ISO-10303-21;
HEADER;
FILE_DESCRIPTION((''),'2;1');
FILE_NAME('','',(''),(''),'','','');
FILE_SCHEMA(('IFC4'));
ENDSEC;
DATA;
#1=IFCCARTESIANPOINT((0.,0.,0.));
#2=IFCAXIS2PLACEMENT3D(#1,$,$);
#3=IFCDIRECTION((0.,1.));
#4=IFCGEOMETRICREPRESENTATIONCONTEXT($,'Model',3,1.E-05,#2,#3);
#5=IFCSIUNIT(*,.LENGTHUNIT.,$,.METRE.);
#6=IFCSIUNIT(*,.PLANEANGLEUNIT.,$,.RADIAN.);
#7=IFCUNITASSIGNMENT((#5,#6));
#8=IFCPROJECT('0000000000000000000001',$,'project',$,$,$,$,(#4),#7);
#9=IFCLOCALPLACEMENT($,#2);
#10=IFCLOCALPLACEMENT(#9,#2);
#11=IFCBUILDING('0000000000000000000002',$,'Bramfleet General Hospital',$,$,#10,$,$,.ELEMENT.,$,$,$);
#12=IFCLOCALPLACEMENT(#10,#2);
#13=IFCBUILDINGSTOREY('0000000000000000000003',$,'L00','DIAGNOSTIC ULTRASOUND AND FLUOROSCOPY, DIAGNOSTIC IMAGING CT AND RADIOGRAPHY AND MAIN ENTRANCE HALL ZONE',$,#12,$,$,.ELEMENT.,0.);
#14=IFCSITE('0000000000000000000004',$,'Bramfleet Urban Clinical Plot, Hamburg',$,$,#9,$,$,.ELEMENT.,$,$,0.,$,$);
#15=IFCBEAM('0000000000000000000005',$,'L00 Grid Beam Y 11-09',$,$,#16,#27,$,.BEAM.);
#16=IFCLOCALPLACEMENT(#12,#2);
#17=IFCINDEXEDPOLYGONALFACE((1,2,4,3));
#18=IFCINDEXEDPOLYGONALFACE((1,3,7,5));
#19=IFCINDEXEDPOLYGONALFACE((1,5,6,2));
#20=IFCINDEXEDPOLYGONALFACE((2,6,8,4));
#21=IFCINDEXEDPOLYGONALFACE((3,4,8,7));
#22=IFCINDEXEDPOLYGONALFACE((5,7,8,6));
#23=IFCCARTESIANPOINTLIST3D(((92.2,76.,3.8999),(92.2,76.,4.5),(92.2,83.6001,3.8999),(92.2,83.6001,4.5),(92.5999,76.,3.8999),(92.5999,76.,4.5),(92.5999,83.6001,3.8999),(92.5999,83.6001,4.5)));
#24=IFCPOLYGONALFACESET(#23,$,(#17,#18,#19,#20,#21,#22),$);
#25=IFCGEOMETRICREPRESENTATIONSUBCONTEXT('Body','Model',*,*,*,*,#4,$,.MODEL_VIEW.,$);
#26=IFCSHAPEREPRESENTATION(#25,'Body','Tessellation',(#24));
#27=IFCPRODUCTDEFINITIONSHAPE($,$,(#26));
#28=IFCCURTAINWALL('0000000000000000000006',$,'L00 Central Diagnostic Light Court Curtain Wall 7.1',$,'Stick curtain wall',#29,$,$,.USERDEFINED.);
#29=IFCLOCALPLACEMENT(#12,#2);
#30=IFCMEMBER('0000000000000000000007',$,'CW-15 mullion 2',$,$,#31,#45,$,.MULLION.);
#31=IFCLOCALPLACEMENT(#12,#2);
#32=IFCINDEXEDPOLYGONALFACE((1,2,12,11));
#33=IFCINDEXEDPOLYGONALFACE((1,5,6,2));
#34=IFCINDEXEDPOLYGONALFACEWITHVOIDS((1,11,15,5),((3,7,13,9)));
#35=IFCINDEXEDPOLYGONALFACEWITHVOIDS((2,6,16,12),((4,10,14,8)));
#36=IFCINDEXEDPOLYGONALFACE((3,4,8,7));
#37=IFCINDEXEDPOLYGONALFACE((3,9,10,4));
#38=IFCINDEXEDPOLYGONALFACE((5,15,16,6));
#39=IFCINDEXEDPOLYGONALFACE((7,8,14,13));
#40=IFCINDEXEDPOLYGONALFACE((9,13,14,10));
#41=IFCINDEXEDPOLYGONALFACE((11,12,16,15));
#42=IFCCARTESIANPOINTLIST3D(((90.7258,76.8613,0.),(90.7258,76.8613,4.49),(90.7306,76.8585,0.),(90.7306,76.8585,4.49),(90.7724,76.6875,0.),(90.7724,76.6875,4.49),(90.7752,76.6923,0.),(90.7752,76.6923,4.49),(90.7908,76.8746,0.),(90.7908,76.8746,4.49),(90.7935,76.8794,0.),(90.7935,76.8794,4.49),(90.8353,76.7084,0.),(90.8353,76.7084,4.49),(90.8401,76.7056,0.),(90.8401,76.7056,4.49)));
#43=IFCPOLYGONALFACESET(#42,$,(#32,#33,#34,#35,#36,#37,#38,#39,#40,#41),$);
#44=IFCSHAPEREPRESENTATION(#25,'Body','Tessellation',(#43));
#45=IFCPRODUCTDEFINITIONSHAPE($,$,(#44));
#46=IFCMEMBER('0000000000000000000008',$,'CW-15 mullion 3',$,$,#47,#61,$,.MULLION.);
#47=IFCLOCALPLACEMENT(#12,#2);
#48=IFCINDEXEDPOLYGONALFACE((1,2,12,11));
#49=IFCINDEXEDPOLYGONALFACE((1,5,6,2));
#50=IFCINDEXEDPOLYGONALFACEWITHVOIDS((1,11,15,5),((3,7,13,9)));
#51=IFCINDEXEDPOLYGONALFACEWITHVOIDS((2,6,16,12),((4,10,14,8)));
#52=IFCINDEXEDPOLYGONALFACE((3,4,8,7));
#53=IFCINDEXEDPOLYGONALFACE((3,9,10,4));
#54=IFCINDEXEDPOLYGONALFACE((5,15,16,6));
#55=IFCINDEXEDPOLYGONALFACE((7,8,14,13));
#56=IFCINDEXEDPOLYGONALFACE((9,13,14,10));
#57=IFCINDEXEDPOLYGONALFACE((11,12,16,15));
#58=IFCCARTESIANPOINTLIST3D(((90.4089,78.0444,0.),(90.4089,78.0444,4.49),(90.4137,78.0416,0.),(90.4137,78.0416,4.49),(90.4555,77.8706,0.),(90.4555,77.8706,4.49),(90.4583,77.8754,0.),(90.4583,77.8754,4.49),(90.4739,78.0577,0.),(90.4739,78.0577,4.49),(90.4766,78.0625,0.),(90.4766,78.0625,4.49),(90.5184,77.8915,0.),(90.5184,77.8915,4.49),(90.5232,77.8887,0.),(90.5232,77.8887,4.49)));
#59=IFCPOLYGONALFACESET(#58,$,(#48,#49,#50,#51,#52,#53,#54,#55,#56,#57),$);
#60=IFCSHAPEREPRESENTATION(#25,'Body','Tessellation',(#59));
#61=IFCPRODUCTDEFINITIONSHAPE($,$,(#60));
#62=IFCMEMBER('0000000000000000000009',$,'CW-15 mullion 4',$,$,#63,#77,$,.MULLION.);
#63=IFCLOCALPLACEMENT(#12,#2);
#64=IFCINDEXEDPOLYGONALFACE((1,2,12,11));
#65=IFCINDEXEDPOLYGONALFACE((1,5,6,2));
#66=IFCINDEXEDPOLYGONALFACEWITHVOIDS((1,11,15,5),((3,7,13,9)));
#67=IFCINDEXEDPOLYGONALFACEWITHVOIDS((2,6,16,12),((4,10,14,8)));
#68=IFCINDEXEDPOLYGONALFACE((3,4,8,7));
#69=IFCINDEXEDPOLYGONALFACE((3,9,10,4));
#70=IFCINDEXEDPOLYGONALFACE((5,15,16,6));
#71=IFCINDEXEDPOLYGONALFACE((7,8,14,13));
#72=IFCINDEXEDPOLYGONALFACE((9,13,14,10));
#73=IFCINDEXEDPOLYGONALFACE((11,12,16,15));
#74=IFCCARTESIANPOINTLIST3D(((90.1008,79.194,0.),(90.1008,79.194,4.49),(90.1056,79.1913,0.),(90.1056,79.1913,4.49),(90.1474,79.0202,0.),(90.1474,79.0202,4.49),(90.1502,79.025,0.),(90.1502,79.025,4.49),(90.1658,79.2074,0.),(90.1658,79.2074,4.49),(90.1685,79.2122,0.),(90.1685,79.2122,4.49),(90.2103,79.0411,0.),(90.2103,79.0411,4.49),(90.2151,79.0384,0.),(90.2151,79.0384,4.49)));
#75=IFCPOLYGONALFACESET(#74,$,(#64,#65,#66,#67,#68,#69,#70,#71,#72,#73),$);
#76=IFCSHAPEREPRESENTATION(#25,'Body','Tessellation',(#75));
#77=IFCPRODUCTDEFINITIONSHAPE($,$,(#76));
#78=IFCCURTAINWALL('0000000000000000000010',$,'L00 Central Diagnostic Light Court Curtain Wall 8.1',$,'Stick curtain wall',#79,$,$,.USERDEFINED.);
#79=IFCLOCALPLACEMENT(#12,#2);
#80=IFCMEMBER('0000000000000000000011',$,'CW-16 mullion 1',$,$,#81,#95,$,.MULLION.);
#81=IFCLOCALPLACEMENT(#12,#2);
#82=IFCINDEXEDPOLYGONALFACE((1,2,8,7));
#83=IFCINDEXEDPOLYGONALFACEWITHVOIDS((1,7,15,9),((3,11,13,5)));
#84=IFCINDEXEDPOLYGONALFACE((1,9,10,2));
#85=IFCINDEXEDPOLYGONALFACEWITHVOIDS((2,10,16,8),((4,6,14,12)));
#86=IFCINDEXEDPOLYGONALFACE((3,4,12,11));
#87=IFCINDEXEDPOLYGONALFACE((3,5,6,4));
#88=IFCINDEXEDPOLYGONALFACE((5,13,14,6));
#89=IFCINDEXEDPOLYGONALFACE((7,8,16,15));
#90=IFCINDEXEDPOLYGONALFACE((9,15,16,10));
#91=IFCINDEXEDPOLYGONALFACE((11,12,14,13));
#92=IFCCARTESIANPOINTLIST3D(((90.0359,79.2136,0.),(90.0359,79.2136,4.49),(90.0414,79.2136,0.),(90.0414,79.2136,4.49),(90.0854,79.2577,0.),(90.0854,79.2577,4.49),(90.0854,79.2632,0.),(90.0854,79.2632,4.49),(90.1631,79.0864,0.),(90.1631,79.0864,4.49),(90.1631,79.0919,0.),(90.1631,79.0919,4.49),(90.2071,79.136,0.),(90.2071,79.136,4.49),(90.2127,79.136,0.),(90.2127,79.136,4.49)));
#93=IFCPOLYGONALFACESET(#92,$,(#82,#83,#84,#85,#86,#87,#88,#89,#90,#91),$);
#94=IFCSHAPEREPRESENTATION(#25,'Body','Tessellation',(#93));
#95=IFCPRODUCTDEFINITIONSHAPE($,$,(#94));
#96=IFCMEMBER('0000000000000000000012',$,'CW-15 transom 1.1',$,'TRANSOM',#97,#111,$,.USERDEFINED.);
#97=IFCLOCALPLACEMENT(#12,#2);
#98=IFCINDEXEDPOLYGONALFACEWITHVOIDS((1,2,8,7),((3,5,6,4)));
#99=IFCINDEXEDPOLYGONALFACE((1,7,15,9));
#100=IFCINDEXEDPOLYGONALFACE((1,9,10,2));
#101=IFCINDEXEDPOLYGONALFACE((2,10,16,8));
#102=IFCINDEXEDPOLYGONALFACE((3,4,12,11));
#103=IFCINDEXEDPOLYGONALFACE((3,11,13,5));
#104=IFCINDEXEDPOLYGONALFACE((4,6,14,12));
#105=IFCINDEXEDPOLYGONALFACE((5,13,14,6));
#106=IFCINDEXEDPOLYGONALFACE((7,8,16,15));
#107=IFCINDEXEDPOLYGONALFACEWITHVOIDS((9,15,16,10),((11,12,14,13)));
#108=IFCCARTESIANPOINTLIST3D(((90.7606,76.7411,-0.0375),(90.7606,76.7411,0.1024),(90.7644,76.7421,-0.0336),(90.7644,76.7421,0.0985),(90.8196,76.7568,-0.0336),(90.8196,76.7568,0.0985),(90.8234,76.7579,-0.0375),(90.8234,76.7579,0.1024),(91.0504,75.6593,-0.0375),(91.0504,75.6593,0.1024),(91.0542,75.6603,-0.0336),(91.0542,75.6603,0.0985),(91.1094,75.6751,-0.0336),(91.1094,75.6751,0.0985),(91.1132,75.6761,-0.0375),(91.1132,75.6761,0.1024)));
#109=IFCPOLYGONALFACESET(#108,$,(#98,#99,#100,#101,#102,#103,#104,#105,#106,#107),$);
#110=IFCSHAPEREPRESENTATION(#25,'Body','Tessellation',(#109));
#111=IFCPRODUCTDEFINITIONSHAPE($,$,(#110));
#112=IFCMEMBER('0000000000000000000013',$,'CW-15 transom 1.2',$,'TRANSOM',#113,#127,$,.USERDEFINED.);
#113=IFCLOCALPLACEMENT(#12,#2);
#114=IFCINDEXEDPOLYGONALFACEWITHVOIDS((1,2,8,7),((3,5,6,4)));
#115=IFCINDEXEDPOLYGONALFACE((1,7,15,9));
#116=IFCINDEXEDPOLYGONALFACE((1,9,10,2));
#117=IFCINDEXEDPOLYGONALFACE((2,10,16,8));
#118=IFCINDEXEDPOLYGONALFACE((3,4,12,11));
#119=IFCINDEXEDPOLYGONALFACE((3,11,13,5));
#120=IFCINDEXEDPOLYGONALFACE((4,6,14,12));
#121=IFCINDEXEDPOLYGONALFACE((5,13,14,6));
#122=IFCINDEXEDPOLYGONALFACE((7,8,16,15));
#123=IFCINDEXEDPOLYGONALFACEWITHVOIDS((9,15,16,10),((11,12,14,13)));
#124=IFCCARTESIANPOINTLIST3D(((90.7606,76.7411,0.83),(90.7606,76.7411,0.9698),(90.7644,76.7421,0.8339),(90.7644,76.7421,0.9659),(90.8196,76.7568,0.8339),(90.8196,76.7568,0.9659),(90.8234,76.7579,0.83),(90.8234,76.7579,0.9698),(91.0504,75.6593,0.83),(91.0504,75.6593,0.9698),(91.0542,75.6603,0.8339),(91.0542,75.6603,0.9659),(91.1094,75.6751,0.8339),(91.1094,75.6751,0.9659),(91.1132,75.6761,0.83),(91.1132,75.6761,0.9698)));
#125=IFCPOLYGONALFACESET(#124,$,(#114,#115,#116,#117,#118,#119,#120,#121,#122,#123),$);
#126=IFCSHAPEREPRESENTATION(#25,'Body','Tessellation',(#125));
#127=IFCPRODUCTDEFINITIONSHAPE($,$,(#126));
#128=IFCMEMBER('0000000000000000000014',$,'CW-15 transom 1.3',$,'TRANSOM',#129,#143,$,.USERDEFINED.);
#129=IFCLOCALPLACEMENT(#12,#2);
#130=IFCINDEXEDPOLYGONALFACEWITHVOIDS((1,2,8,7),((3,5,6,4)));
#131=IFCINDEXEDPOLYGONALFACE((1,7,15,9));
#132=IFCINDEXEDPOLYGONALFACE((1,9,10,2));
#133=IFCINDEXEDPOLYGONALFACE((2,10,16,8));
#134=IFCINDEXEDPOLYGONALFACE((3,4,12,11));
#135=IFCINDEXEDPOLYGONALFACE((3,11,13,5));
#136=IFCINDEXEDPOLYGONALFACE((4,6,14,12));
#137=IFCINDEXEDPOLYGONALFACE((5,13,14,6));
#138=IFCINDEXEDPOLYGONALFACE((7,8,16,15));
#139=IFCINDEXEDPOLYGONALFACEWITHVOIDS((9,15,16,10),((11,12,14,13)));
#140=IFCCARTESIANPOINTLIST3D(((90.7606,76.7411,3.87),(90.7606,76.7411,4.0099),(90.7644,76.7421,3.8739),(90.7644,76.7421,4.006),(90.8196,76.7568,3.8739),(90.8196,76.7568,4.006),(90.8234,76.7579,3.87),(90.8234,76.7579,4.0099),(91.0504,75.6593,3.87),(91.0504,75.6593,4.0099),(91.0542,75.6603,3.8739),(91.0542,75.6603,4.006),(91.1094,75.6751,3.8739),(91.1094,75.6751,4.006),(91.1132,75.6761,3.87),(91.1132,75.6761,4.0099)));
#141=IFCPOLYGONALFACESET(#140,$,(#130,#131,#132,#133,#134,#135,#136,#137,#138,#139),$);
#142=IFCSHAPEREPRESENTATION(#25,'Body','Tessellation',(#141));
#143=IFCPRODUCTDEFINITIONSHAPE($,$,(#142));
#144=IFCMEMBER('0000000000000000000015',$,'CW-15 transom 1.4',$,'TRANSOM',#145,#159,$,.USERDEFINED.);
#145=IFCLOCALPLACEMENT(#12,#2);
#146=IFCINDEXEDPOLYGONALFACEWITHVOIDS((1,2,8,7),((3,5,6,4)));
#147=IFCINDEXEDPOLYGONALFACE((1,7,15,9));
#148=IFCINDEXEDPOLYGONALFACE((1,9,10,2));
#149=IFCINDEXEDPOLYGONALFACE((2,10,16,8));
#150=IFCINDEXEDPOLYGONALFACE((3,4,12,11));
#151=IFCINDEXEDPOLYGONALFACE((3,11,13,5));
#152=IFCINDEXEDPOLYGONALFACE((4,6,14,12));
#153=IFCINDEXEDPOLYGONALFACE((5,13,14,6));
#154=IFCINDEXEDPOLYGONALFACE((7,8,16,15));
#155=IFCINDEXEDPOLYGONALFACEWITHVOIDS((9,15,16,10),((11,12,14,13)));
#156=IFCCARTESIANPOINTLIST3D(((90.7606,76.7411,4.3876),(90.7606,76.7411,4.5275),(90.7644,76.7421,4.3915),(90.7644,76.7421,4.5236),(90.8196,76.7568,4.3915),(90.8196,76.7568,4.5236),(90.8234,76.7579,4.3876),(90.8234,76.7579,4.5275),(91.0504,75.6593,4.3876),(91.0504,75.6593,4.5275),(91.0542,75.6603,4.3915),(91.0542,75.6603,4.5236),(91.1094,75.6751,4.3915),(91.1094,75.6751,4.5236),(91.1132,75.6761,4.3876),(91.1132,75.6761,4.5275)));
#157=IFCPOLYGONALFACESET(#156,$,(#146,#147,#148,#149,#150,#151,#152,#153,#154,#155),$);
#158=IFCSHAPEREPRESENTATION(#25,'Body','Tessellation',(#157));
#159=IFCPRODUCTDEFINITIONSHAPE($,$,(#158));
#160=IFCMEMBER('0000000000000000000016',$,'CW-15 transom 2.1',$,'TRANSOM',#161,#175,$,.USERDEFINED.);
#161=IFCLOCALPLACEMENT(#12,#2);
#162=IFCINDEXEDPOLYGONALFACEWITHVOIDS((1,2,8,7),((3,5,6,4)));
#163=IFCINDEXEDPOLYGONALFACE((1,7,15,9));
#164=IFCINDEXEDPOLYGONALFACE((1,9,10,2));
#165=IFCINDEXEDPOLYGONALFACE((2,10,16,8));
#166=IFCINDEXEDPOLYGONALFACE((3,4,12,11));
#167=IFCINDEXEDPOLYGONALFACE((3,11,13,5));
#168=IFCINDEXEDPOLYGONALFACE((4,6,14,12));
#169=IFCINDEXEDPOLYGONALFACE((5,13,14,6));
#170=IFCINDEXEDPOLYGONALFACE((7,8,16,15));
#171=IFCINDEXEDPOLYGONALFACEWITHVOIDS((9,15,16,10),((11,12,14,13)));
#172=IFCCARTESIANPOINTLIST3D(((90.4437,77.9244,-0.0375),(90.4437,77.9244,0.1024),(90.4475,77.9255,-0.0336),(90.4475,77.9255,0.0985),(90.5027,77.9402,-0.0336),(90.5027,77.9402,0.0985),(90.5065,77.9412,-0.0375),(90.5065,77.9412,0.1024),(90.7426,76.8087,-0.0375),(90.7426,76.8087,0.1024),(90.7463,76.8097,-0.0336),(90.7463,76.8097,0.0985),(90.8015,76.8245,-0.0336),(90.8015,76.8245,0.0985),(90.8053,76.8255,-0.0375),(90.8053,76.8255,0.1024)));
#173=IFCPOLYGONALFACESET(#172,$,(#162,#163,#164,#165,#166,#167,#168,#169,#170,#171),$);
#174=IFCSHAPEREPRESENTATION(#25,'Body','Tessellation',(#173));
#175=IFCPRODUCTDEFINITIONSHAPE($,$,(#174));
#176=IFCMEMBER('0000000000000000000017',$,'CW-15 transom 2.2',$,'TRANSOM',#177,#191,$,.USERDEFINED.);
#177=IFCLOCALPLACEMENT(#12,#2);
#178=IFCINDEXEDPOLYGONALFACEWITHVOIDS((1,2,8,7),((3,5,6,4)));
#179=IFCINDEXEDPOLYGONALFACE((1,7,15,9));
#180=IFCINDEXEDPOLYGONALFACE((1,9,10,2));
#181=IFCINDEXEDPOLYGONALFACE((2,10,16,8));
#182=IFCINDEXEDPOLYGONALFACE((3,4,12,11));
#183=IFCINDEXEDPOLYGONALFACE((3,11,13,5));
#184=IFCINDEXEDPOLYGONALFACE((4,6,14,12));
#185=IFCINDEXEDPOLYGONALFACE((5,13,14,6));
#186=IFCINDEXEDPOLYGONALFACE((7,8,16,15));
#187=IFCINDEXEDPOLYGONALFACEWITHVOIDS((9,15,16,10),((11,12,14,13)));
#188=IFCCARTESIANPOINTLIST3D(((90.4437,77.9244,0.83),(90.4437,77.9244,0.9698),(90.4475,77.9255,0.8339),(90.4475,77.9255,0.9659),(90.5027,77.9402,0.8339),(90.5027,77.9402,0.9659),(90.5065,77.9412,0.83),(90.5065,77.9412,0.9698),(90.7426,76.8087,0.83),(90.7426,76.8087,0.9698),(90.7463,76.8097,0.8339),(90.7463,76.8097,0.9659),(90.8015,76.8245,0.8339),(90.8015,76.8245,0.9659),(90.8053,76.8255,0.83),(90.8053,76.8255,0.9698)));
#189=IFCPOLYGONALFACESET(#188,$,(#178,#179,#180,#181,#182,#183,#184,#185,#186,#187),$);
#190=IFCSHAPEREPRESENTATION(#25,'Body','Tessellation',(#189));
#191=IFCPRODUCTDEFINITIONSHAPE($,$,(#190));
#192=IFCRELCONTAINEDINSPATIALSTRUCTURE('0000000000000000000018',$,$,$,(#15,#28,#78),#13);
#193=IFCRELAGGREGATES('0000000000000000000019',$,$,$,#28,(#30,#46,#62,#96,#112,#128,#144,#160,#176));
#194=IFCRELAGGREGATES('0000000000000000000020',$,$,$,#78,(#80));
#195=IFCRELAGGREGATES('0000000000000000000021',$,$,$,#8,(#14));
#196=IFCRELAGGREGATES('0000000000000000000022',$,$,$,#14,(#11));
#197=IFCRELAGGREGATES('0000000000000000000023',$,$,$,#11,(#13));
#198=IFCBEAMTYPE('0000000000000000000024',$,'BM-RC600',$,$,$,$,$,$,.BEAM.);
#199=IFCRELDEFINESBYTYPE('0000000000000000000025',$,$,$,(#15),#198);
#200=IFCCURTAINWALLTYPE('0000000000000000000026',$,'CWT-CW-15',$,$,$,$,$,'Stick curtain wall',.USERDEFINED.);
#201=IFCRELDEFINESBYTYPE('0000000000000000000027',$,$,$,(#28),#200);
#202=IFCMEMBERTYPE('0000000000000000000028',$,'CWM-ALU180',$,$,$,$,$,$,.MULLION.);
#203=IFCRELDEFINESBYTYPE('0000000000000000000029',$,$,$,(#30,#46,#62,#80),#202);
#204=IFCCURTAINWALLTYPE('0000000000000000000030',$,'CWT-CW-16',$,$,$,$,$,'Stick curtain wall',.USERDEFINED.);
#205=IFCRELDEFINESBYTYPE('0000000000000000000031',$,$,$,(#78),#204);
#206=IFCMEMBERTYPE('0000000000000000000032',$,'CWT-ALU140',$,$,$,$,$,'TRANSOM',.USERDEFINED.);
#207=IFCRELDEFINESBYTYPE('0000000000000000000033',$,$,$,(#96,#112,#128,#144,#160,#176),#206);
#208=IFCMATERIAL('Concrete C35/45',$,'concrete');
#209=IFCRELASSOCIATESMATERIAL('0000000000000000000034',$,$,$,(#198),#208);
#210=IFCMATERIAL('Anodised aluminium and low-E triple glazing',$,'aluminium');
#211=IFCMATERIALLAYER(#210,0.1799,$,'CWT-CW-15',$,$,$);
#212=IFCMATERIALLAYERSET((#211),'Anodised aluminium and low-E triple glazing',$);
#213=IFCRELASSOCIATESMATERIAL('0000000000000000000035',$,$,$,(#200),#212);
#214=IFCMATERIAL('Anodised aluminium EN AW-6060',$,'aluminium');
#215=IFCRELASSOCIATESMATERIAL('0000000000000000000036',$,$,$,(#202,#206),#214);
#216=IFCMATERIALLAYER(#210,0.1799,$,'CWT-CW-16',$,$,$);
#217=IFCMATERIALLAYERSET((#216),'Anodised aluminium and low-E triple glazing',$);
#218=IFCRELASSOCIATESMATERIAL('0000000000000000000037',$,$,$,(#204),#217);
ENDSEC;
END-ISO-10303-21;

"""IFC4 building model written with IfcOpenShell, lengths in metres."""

from ifc_helpers import new_model, si_unit, direction, frame, origin, origin_2d, place, context, subcontext, project, spatial, rectangle, hollow_rectangle, extrude, material, layer, layer_set, material_profile, profile_set, type_object, element, aggregate, save


model = new_model("IFC4")

# Units and contexts
model_context = context("Model", 3, precision=1e-05, world=origin(), true_north=direction((0.0, 1.0)))
body_context = subcontext(model_context, "Body", "Model", "MODEL_VIEW")
ifc_project = project(units=[si_unit("LENGTHUNIT", "METRE"), si_unit("PLANEANGLEUNIT", "RADIAN")], contexts=[model_context])

# Site, building, storey
site_placement = place(None, origin())
site = spatial("IfcSite", under=ifc_project, at=site_placement, Name="Bramfleet Urban Clinical Plot, Hamburg", CompositionType="ELEMENT", RefElevation=0.0)
building_placement = place(site_placement, origin())
building = spatial("IfcBuilding", under=site, at=building_placement, Name="Bramfleet General Hospital", CompositionType="ELEMENT")
storey_placement = place(building_placement, origin())
storey = spatial("IfcBuildingStorey", under=building, at=storey_placement, Name="L00", Description="DIAGNOSTIC ULTRASOUND AND FLUOROSCOPY, DIAGNOSTIC IMAGING CT AND RADIOGRAPHY AND MAIN ENTRANCE HALL ZONE", CompositionType="ELEMENT", Elevation=0.0)

# Beam
ifc_material_1 = material(Name="Concrete C35/45", Category="concrete")
ifc_material_profile_1 = material_profile(ifc_material_1, rectangle(XDim=0.3999, YDim=0.6001, at=origin_2d()), Name="RC BM 600x400")
ifc_profile_set_1 = profile_set([ifc_material_profile_1], Name="Concrete C35/45")
beam_type = type_object("IfcBeamType", Name="BM-RC600", PredefinedType="BEAM", material=ifc_profile_set_1)
beam_placement = place(storey_placement, frame((92.3999, 76.0, 4.2), z_axis=(0.0, 1.0, 0.0), x_axis=(-1.0, 0.0, 0.0)))
element("IfcBeam", 1, at=beam_placement, inside=storey, type_object=beam_type, Name="L00 Grid Beam Y 11-09", PredefinedType="BEAM", context=body_context, shape_type="SweptSolid", body=[
    extrude(rectangle(XDim=0.3999, YDim=0.6001, at=origin_2d()), origin(), (0.0, 0.0, 1.0), 7.6001),
])

# Curtain wall, members
ifc_material_2 = material(Name="Anodised aluminium and low-E triple glazing", Category="aluminium")
ifc_layer_1 = layer(ifc_material_2, 0.1799, Name="CWT-CW-15")
ifc_layer_set_1 = layer_set([ifc_layer_1], Name="Anodised aluminium and low-E triple glazing")
curtain_wall_type_1 = type_object("IfcCurtainWallType", Name="CWT-CW-15", ElementType="Stick curtain wall", PredefinedType="USERDEFINED", material=ifc_layer_set_1)
curtain_wall_1_placement = place(storey_placement, origin())
curtain_wall_1 = element("IfcCurtainWall", 2, at=curtain_wall_1_placement, inside=storey, type_object=curtain_wall_type_1, Name="L00 Central Diagnostic Light Court Curtain Wall 7.1", ObjectType="Stick curtain wall", PredefinedType="USERDEFINED")
ifc_material_3 = material(Name="Anodised aluminium EN AW-6060", Category="aluminium")
ifc_material_profile_2 = material_profile(ifc_material_3, hollow_rectangle(XDim=0.0701, YDim=0.1799, WallThickness=0.0039, at=origin_2d()), Name="ALU 180x70x4.0")
ifc_profile_set_2 = profile_set([ifc_material_profile_2], Name="Anodised aluminium EN AW-6060")
member_type_1 = type_object("IfcMemberType", Name="CWM-ALU180", PredefinedType="MULLION", material=ifc_profile_set_2)
member_1_placement = place(storey_placement, frame((90.783, 76.7834, 0.0), z_axis=(0.0, 0.0, 1.0), x_axis=(-0.965941, -0.258763, 0.0)))
member_1 = element("IfcMember", 3, at=member_1_placement, type_object=member_type_1, Name="CW-15 mullion 2", PredefinedType="MULLION", context=body_context, shape_type="SweptSolid", body=[
    extrude(hollow_rectangle(XDim=0.0701, YDim=0.1799, WallThickness=0.0039, at=origin_2d()), origin(), (0.0, 0.0, 1.0), 4.49),
])
member_2_placement = place(storey_placement, frame((90.4661, 77.9666, 0.0), z_axis=(0.0, 0.0, 1.0), x_axis=(-0.965941, -0.258763, 0.0)))
member_2 = element("IfcMember", 4, at=member_2_placement, type_object=member_type_1, Name="CW-15 mullion 3", PredefinedType="MULLION", context=body_context, shape_type="SweptSolid", body=[
    extrude(hollow_rectangle(XDim=0.0701, YDim=0.1799, WallThickness=0.0039, at=origin_2d()), origin(), (0.0, 0.0, 1.0), 4.49),
])
member_3_placement = place(storey_placement, frame((90.158, 79.1162, 0.0), z_axis=(0.0, 0.0, 1.0), x_axis=(-0.965941, -0.258763, 0.0)))
member_3 = element("IfcMember", 5, at=member_3_placement, type_object=member_type_1, Name="CW-15 mullion 4", PredefinedType="MULLION", context=body_context, shape_type="SweptSolid", body=[
    extrude(hollow_rectangle(XDim=0.0701, YDim=0.1799, WallThickness=0.0039, at=origin_2d()), origin(), (0.0, 0.0, 1.0), 4.49),
])

# Curtain wall, member
ifc_layer_2 = layer(ifc_material_2, 0.1799, Name="CWT-CW-16")
ifc_layer_set_2 = layer_set([ifc_layer_2], Name="Anodised aluminium and low-E triple glazing")
curtain_wall_type_2 = type_object("IfcCurtainWallType", Name="CWT-CW-16", ElementType="Stick curtain wall", PredefinedType="USERDEFINED", material=ifc_layer_set_2)
curtain_wall_2_placement = place(storey_placement, origin())
curtain_wall_2 = element("IfcCurtainWall", 6, at=curtain_wall_2_placement, inside=storey, type_object=curtain_wall_type_2, Name="L00 Central Diagnostic Light Court Curtain Wall 8.1", ObjectType="Stick curtain wall", PredefinedType="USERDEFINED")
member_4_placement = place(storey_placement, frame((90.1243, 79.1748, 0.0), z_axis=(0.0, 0.0, 1.0), x_axis=(-0.707107, -0.707107, 0.0)))
member_4 = element("IfcMember", 7, at=member_4_placement, type_object=member_type_1, Name="CW-16 mullion 1", PredefinedType="MULLION", context=body_context, shape_type="SweptSolid", body=[
    extrude(hollow_rectangle(XDim=0.0701, YDim=0.1799, WallThickness=0.0039, at=origin_2d()), origin(), (0.0, 0.0, 1.0), 4.49),
])

# Members
ifc_material_profile_3 = material_profile(ifc_material_3, hollow_rectangle(XDim=0.0649, YDim=0.1399, WallThickness=0.0039, at=origin_2d()), Name="ALU 140x65x4.0")
ifc_profile_set_3 = profile_set([ifc_material_profile_3], Name="Anodised aluminium EN AW-6060")
member_type_2 = type_object("IfcMemberType", Name="CWT-ALU140", ElementType="TRANSOM", PredefinedType="USERDEFINED", material=ifc_profile_set_3)
member_5_placement = place(storey_placement, frame((91.0818, 75.6677, 0.0325), z_axis=(-0.258762, 0.965941, 0.0), x_axis=(-0.965941, -0.258762, 0.0)))
member_5 = element("IfcMember", 8, at=member_5_placement, type_object=member_type_2, Name="CW-15 transom 1.1", ObjectType="TRANSOM", PredefinedType="USERDEFINED", context=body_context, shape_type="SweptSolid", body=[
    extrude(hollow_rectangle(XDim=0.0649, YDim=0.1399, WallThickness=0.0039, at=origin_2d()), origin(), (0.0, 0.0, 1.0), 1.1199),
])
member_6_placement = place(storey_placement, frame((91.0818, 75.6677, 0.8999), z_axis=(-0.258762, 0.965941, 0.0), x_axis=(-0.965941, -0.258762, 0.0)))
member_6 = element("IfcMember", 9, at=member_6_placement, type_object=member_type_2, Name="CW-15 transom 1.2", ObjectType="TRANSOM", PredefinedType="USERDEFINED", context=body_context, shape_type="SweptSolid", body=[
    extrude(hollow_rectangle(XDim=0.0649, YDim=0.1399, WallThickness=0.0039, at=origin_2d()), origin(), (0.0, 0.0, 1.0), 1.1199),
])
member_7_placement = place(storey_placement, frame((91.0818, 75.6677, 3.9399), z_axis=(-0.258762, 0.965941, 0.0), x_axis=(-0.965941, -0.258762, 0.0)))
member_7 = element("IfcMember", 10, at=member_7_placement, type_object=member_type_2, Name="CW-15 transom 1.3", ObjectType="TRANSOM", PredefinedType="USERDEFINED", context=body_context, shape_type="SweptSolid", body=[
    extrude(hollow_rectangle(XDim=0.0649, YDim=0.1399, WallThickness=0.0039, at=origin_2d()), origin(), (0.0, 0.0, 1.0), 1.1199),
])
member_8_placement = place(storey_placement, frame((91.0818, 75.6677, 4.4575), z_axis=(-0.258762, 0.965941, 0.0), x_axis=(-0.965941, -0.258762, 0.0)))
member_8 = element("IfcMember", 11, at=member_8_placement, type_object=member_type_2, Name="CW-15 transom 1.4", ObjectType="TRANSOM", PredefinedType="USERDEFINED", context=body_context, shape_type="SweptSolid", body=[
    extrude(hollow_rectangle(XDim=0.0649, YDim=0.1399, WallThickness=0.0039, at=origin_2d()), origin(), (0.0, 0.0, 1.0), 1.1199),
])
member_9_placement = place(storey_placement, frame((90.7739, 76.8171, 0.0325), z_axis=(-0.258715, 0.965954, 0.0), x_axis=(-0.965954, -0.258715, 0.0)))
member_9 = element("IfcMember", 12, at=member_9_placement, type_object=member_type_2, Name="CW-15 transom 2.1", ObjectType="TRANSOM", PredefinedType="USERDEFINED", context=body_context, shape_type="SweptSolid", body=[
    extrude(hollow_rectangle(XDim=0.0649, YDim=0.1399, WallThickness=0.0039, at=origin_2d()), origin(), (0.0, 0.0, 1.0), 1.155),
])
member_10_placement = place(storey_placement, frame((90.7739, 76.8171, 0.8999), z_axis=(-0.258715, 0.965954, 0.0), x_axis=(-0.965954, -0.258715, 0.0)))
member_10 = element("IfcMember", 13, at=member_10_placement, type_object=member_type_2, Name="CW-15 transom 2.2", ObjectType="TRANSOM", PredefinedType="USERDEFINED", context=body_context, shape_type="SweptSolid", body=[
    extrude(hollow_rectangle(XDim=0.0649, YDim=0.1399, WallThickness=0.0039, at=origin_2d()), origin(), (0.0, 0.0, 1.0), 1.155),
])

aggregate(curtain_wall_1, [member_1, member_2, member_3, member_5, member_6, member_7, member_8, member_9, member_10])
aggregate(curtain_wall_2, [member_4])

save(model, "model.ifc")
